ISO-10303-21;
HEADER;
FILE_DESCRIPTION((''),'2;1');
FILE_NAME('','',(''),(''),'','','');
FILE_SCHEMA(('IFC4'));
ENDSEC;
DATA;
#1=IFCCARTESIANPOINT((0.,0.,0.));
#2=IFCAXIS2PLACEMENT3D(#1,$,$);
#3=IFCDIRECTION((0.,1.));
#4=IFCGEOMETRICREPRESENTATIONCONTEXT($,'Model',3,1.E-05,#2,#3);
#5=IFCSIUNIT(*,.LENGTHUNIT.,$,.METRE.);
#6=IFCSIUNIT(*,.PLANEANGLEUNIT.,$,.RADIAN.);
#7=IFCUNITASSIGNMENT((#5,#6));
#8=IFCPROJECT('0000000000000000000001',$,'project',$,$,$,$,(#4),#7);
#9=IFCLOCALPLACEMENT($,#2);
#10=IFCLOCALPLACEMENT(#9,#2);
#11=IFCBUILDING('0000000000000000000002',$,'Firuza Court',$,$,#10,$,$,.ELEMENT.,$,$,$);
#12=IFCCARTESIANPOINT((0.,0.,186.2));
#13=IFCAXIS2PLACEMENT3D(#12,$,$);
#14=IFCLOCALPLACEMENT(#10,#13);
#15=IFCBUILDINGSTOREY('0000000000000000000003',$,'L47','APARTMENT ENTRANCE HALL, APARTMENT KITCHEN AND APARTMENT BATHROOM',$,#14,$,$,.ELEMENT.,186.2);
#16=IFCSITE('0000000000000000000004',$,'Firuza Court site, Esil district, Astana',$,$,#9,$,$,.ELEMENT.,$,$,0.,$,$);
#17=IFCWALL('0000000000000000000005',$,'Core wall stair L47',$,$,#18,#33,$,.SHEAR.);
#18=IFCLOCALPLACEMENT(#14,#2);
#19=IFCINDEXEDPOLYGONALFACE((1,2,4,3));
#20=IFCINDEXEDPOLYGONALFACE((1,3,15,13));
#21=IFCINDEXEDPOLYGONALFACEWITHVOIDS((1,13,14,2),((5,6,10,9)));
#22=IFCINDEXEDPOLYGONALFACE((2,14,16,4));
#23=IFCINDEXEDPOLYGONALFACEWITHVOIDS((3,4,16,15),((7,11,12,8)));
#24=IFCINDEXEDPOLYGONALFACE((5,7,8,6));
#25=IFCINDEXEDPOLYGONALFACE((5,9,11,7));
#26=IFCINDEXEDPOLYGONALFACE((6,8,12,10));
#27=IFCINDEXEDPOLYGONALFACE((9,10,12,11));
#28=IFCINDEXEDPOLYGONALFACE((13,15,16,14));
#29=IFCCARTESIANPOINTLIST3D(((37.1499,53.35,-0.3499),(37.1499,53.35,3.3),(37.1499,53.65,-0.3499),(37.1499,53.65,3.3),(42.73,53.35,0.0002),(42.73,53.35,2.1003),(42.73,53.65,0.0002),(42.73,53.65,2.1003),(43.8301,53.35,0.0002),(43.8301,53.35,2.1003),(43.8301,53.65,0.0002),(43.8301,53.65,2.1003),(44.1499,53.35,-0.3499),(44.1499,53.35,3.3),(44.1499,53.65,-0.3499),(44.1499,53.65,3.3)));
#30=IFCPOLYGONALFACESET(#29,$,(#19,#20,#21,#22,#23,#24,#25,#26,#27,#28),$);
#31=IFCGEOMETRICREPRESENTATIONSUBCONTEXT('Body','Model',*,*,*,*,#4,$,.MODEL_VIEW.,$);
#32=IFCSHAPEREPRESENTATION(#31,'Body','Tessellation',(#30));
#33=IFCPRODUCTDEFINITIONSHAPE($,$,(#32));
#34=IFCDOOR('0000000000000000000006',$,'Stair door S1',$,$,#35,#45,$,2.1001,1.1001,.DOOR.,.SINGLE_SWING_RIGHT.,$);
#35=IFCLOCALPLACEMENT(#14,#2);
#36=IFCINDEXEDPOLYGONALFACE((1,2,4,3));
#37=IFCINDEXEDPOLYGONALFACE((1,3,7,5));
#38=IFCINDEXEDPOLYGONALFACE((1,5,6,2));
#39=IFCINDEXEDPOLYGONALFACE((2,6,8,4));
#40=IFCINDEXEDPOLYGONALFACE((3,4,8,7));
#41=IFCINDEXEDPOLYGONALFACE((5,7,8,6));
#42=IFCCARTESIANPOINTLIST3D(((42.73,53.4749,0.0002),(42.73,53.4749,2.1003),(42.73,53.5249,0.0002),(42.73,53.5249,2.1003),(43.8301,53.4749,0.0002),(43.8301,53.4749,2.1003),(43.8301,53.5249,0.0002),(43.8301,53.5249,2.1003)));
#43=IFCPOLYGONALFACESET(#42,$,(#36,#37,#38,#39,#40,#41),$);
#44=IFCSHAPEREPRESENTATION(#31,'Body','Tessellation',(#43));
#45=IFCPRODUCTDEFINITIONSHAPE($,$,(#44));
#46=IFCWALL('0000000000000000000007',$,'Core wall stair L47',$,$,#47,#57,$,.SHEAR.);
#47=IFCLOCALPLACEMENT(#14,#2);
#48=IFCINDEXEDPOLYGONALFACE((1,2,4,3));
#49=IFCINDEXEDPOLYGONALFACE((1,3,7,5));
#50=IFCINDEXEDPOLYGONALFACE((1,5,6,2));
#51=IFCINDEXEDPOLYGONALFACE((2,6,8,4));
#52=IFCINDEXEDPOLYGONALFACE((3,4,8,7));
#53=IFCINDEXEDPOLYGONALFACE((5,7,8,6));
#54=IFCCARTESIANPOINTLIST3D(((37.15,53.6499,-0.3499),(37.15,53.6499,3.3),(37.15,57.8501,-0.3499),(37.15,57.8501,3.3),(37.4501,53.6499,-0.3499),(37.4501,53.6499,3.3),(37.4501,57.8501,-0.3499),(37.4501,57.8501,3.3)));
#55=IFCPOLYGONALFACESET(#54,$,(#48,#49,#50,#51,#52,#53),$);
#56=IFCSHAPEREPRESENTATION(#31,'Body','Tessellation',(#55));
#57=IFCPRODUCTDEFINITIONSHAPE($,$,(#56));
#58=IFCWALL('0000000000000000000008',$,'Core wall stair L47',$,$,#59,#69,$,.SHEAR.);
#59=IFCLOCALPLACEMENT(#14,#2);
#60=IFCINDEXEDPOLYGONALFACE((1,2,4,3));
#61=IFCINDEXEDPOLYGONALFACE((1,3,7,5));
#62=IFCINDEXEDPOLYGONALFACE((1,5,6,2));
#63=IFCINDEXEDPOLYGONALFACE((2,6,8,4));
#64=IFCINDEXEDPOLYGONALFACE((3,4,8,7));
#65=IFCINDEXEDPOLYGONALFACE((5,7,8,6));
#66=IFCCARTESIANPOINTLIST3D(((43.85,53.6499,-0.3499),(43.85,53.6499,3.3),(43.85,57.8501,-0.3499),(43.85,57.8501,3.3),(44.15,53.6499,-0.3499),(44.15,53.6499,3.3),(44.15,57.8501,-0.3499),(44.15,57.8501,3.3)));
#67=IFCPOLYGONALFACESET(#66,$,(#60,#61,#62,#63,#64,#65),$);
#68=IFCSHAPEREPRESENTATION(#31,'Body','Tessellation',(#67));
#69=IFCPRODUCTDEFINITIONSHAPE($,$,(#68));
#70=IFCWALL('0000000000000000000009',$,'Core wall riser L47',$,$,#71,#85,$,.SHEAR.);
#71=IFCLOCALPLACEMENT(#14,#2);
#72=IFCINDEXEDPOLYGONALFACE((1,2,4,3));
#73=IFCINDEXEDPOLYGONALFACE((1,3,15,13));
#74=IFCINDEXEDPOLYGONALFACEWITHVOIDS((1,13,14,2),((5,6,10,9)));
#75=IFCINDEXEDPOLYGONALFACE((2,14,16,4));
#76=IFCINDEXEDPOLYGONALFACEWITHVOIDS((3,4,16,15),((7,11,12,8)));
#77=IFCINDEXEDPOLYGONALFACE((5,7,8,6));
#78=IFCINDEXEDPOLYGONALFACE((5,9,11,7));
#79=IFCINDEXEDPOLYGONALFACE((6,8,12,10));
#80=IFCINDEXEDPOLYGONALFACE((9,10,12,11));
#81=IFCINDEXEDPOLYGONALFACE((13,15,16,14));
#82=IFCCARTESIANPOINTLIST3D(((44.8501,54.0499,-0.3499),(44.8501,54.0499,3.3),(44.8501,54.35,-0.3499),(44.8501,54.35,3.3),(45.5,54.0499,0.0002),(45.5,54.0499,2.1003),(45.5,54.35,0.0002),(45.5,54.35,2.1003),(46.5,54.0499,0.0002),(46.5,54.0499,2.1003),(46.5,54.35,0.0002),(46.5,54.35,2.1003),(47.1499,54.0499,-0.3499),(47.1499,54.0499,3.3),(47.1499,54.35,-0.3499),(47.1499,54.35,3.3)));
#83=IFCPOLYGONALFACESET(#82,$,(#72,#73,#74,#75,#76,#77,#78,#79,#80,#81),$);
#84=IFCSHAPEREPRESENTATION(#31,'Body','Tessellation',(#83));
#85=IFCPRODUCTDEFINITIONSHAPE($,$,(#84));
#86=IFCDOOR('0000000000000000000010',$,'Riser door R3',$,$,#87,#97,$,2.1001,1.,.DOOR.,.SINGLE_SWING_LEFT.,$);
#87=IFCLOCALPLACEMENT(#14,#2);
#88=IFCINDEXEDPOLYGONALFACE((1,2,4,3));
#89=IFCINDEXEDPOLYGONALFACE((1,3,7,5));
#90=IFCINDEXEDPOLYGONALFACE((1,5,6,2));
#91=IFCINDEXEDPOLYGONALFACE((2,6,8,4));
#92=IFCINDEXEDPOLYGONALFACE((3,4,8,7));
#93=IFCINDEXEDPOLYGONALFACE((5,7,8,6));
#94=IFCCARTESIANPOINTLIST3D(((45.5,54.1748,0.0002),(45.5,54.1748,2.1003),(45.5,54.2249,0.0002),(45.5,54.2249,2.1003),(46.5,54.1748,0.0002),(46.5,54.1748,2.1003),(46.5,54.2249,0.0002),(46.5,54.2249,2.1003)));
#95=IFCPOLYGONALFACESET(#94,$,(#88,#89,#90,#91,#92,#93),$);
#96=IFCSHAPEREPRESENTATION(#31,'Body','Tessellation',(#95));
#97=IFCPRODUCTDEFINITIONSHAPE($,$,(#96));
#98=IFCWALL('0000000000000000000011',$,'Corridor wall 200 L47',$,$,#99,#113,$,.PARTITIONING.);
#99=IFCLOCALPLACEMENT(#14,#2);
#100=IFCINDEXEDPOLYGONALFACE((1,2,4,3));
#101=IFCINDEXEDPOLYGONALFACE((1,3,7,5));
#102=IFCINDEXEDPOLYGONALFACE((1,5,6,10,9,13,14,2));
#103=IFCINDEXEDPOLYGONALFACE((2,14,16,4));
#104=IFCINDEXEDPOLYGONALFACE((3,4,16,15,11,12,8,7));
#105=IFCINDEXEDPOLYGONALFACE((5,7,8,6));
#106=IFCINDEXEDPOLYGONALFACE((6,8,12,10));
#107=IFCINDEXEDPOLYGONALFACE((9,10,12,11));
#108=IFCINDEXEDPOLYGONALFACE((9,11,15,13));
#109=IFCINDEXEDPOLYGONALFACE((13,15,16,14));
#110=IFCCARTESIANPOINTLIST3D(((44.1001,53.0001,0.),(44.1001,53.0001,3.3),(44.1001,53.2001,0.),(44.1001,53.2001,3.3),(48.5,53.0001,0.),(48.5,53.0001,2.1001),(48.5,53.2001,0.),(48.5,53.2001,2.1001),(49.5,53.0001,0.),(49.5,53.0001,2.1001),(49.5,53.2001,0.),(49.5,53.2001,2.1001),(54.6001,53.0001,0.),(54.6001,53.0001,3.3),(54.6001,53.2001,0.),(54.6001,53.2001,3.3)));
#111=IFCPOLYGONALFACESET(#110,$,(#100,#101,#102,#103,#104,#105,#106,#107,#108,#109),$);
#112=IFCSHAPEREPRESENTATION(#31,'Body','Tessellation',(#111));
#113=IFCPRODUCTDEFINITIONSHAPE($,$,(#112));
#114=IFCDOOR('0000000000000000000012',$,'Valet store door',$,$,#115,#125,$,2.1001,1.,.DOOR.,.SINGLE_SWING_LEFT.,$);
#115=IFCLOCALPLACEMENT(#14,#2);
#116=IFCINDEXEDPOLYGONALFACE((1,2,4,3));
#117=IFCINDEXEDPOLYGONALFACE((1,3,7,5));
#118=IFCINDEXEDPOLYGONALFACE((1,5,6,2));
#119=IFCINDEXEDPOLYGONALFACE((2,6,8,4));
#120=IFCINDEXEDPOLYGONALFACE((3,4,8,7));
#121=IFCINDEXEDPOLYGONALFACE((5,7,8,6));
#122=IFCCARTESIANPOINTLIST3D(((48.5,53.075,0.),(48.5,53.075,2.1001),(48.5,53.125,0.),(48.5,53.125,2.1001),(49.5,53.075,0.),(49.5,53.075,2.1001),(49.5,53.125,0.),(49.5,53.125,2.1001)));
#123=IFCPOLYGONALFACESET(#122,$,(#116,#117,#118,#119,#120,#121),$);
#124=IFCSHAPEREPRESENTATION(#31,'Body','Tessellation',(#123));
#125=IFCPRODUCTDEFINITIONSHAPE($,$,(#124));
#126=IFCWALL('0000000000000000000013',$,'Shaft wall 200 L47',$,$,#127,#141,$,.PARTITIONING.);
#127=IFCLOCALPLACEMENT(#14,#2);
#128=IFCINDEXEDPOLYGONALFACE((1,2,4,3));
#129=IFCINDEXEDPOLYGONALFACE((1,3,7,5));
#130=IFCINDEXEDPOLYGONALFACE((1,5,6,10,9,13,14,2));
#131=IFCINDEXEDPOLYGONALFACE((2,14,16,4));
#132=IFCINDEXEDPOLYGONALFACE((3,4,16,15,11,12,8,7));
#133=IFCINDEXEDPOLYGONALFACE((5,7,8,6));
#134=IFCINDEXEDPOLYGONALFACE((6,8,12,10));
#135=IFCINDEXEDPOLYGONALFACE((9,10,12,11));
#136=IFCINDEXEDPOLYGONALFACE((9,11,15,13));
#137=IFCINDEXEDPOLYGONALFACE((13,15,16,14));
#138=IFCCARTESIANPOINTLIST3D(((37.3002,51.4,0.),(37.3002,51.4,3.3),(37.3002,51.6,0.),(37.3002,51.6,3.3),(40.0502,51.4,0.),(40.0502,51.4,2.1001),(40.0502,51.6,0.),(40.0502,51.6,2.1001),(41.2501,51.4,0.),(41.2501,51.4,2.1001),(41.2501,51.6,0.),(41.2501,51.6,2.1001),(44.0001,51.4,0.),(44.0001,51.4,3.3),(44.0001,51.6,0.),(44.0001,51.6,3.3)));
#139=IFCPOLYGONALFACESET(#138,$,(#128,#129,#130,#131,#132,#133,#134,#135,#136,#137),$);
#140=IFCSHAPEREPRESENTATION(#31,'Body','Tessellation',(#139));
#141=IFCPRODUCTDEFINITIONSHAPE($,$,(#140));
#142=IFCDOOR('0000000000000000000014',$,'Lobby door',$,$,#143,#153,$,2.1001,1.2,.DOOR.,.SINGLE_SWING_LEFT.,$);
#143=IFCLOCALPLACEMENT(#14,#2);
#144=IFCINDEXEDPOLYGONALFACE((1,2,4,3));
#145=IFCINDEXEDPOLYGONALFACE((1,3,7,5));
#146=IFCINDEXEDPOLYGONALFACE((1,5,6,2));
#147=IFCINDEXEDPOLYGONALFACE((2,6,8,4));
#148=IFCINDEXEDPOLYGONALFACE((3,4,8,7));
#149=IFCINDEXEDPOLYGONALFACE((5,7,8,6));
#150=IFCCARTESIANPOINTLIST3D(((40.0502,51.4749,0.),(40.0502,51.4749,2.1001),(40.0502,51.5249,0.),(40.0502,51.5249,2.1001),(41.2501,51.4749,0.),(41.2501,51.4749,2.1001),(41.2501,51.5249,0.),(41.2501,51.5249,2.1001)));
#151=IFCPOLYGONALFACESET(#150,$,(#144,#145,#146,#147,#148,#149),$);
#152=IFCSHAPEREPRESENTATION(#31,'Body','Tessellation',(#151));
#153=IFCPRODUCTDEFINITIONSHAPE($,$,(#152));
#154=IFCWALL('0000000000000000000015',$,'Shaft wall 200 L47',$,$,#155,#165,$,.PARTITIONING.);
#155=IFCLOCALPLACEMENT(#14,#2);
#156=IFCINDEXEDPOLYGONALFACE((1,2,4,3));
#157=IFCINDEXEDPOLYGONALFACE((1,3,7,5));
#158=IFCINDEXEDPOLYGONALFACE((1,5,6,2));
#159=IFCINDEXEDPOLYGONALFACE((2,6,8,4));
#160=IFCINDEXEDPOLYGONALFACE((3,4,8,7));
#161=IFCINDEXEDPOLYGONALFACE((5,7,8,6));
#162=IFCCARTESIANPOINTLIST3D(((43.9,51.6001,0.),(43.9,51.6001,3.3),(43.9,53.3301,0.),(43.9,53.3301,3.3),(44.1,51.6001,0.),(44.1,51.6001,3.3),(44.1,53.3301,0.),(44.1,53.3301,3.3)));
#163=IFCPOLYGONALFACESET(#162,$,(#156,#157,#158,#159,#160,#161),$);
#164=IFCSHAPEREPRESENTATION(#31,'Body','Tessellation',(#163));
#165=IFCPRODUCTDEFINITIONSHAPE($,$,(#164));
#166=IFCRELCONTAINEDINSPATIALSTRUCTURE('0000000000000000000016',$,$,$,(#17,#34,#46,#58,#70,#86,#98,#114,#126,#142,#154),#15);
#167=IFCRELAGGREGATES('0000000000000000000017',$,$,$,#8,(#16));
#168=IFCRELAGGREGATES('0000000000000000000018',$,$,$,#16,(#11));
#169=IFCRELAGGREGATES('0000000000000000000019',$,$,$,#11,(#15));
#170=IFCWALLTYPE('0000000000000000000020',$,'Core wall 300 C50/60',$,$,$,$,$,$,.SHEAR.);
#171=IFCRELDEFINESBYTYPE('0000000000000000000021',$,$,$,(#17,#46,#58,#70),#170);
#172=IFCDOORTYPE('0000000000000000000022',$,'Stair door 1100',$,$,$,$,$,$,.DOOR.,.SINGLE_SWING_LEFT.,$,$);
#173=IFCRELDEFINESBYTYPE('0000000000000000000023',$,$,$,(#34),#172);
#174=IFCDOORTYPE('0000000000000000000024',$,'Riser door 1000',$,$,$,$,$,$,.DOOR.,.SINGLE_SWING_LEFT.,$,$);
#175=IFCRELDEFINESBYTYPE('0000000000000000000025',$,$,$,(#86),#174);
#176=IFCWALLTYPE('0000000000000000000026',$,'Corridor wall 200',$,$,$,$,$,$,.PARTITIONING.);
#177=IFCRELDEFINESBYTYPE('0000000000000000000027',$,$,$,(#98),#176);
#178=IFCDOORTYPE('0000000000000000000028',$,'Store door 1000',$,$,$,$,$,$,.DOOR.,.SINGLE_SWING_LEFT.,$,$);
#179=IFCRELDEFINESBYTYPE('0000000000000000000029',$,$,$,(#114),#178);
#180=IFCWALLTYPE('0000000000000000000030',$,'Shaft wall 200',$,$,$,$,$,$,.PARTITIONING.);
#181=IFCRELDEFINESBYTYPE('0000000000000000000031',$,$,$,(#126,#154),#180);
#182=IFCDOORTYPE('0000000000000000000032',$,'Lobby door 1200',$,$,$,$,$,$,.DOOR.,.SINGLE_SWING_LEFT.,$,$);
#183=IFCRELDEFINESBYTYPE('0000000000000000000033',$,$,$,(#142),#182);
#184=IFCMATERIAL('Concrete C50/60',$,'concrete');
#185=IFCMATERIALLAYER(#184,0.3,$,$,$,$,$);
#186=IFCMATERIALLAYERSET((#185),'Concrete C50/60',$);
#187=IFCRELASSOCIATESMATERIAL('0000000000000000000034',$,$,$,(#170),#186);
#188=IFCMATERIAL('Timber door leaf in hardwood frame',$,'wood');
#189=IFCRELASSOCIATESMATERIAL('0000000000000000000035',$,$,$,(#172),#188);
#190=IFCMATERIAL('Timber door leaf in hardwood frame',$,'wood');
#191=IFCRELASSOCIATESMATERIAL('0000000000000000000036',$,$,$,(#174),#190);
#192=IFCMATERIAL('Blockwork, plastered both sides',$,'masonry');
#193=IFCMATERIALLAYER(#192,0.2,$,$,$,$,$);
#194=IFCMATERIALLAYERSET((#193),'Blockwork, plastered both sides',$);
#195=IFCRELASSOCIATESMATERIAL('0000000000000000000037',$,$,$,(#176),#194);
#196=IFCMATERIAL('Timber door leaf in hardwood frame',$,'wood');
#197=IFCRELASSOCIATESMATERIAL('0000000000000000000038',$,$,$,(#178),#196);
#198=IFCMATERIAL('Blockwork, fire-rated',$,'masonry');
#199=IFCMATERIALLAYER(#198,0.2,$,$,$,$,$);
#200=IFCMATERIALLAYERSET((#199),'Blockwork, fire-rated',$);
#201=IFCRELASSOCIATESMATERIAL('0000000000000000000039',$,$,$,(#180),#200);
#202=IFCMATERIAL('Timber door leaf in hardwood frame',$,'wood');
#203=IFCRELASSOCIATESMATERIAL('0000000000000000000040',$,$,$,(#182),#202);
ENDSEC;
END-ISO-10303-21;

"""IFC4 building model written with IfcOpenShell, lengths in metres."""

from ifc_helpers import new_model, si_unit, direction, frame, frame_2d, origin, place, context, subcontext, project, spatial, rectangle, extrude, material, layer, layer_set, type_object, element, fill, save


model = new_model("IFC4")

# Units and contexts
model_context = context("Model", 3, precision=1e-05, world=origin(), true_north=direction((0.0, 1.0)))
body_context = subcontext(model_context, "Body", "Model", "MODEL_VIEW")
ifc_project = project(units=[si_unit("LENGTHUNIT", "METRE"), si_unit("PLANEANGLEUNIT", "RADIAN")], contexts=[model_context])

# Site, building, storey
site_placement = place(None, origin())
site = spatial("IfcSite", under=ifc_project, at=site_placement, Name="Firuza Court site, Esil district, Astana", CompositionType="ELEMENT", RefElevation=0.0)
building_placement = place(site_placement, origin())
building = spatial("IfcBuilding", under=site, at=building_placement, Name="Firuza Court", CompositionType="ELEMENT")
storey_placement = place(building_placement, frame((0.0, 0.0, 186.2)))
storey = spatial("IfcBuildingStorey", under=building, at=storey_placement, Name="L47", Description="APARTMENT ENTRANCE HALL, APARTMENT KITCHEN AND APARTMENT BATHROOM", CompositionType="ELEMENT", Elevation=186.2)

# Wall, opening, door
ifc_material_1 = material(Name="Concrete C50/60", Category="concrete")
ifc_layer_1 = layer(ifc_material_1, 0.3)
ifc_layer_set_1 = layer_set([ifc_layer_1], Name="Concrete C50/60")
wall_type_1 = type_object("IfcWallType", Name="Core wall 300 C50/60", PredefinedType="SHEAR", material=ifc_layer_set_1)
wall_1_placement = place(storey_placement, frame((37.1499, 53.5, -0.3499), z_axis=(0.0, 0.0, 1.0), x_axis=(1.0, 0.0, 0.0)))
wall_1 = element("IfcWall", 1, at=wall_1_placement, inside=storey, type_object=wall_type_1, Name="Core wall stair L47", PredefinedType="SHEAR", context=body_context, shape_type="SweptSolid", body=[
    extrude(rectangle(XDim=7.0, YDim=0.3, at=frame_2d((3.5, 0.0))), origin(), (0.0, 0.0, 1.0), 3.6499),
])
opening_1_placement = place(wall_1_placement, frame((5.5801, 0.0, 0.3501)))
opening_1 = element("IfcOpeningElement", 2, at=opening_1_placement, cuts=wall_1, PredefinedType="OPENING", context=body_context, shape_type="SweptSolid", body=[
    extrude(rectangle(XDim=1.1001, YDim=2.1001, at=frame_2d((0.55, 1.05))), frame((0.0, 0.1621, 0.0), z_axis=(0.0, -1.0, 0.0), x_axis=(1.0, 0.0, 0.0)), (0.0, 0.0, 1.0), 0.324),
])
ifc_material_2 = material(Name="Timber door leaf in hardwood frame", Category="wood")
door_type_1 = type_object("IfcDoorType", Name="Stair door 1100", OperationType="SINGLE_SWING_LEFT", PredefinedType="DOOR", material=ifc_material_2)
door_1_placement = place(opening_1_placement, origin())
door_1 = element("IfcDoor", 3, at=door_1_placement, inside=storey, type_object=door_type_1, Name="Stair door S1", OperationType="SINGLE_SWING_RIGHT", OverallHeight=2.1001, OverallWidth=1.1001, PredefinedType="DOOR", context=body_context, shape_type="SweptSolid", body=[
    extrude(rectangle(XDim=1.1001, YDim=2.1001, at=frame_2d((0.55, 1.05))), frame((0.0, 0.0249, 0.0), z_axis=(0.0, -1.0, 0.0), x_axis=(1.0, 0.0, 0.0)), (0.0, 0.0, 1.0), 0.05),
])
fill(opening_1, door_1)

# Walls
for number, where, z_axis, x_axis, name in (
    (4, (37.3, 53.6499, -0.3499), (0.0, 0.0, 1.0), (0.0, 1.0, 0.0), "Core wall stair L47"),
    (5, (44.0, 53.6499, -0.3499), (0.0, 0.0, 1.0), (0.0, 1.0, 0.0), "Core wall stair L47"),
):
    element("IfcWall", number, at=place(storey_placement, frame(where, z_axis=z_axis, x_axis=x_axis)), inside=storey, type_object=wall_type_1, Name=name, PredefinedType="SHEAR", context=body_context, shape_type="SweptSolid", body=[
        extrude(rectangle(XDim=4.2002, YDim=0.3, at=frame_2d((2.1001, 0.0))), origin(), (0.0, 0.0, 1.0), 3.6499),
    ])

# Walls, openings, doors
wall_2_placement = place(storey_placement, frame((44.8501, 54.2, -0.3499), z_axis=(0.0, 0.0, 1.0), x_axis=(1.0, 0.0, 0.0)))
wall_2 = element("IfcWall", 6, at=wall_2_placement, inside=storey, type_object=wall_type_1, Name="Core wall riser L47", PredefinedType="SHEAR", context=body_context, shape_type="SweptSolid", body=[
    extrude(rectangle(XDim=2.2998, YDim=0.3, at=frame_2d((1.1499, 0.0))), origin(), (0.0, 0.0, 1.0), 3.6499),
])
opening_2_placement = place(wall_2_placement, frame((0.6499, 0.0, 0.3501)))
opening_2 = element("IfcOpeningElement", 7, at=opening_2_placement, cuts=wall_2, PredefinedType="OPENING", context=body_context, shape_type="SweptSolid", body=[
    extrude(rectangle(XDim=1.0, YDim=2.1001, at=frame_2d((0.5, 1.05))), frame((0.0, 0.1621, 0.0), z_axis=(0.0, -1.0, 0.0), x_axis=(1.0, 0.0, 0.0)), (0.0, 0.0, 1.0), 0.324),
])
ifc_material_3 = material(Name="Timber door leaf in hardwood frame", Category="wood")
door_type_2 = type_object("IfcDoorType", Name="Riser door 1000", OperationType="SINGLE_SWING_LEFT", PredefinedType="DOOR", material=ifc_material_3)
door_2_placement = place(opening_2_placement, origin())
door_2 = element("IfcDoor", 8, at=door_2_placement, inside=storey, type_object=door_type_2, Name="Riser door R3", OperationType="SINGLE_SWING_LEFT", OverallHeight=2.1001, OverallWidth=1.0, PredefinedType="DOOR", context=body_context, shape_type="SweptSolid", body=[
    extrude(rectangle(XDim=1.0, YDim=2.1001, at=frame_2d((0.5, 1.05))), frame((0.0, 0.0249, 0.0), z_axis=(0.0, -1.0, 0.0), x_axis=(1.0, 0.0, 0.0)), (0.0, 0.0, 1.0), 0.05),
])
fill(opening_2, door_2)
ifc_material_4 = material(Name="Blockwork, plastered both sides", Category="masonry")
ifc_layer_2 = layer(ifc_material_4, 0.2)
ifc_layer_set_2 = layer_set([ifc_layer_2], Name="Blockwork, plastered both sides")
wall_type_2 = type_object("IfcWallType", Name="Corridor wall 200", PredefinedType="PARTITIONING", material=ifc_layer_set_2)
wall_3_placement = place(storey_placement, frame((44.1001, 53.1001, 0.0), z_axis=(0.0, 0.0, 1.0), x_axis=(1.0, 0.0, 0.0)))
wall_3 = element("IfcWall", 9, at=wall_3_placement, inside=storey, type_object=wall_type_2, Name="Corridor wall 200 L47", PredefinedType="PARTITIONING", context=body_context, shape_type="SweptSolid", body=[
    extrude(rectangle(XDim=10.5, YDim=0.2, at=frame_2d((5.25, 0.0))), origin(), (0.0, 0.0, 1.0), 3.3),
])
opening_3_placement = place(wall_3_placement, frame((4.3999, 0.0, 0.0)))
opening_3 = element("IfcOpeningElement", 10, at=opening_3_placement, cuts=wall_3, PredefinedType="OPENING", context=body_context, shape_type="SweptSolid", body=[
    extrude(rectangle(XDim=1.0, YDim=2.1001, at=frame_2d((0.5, 1.05))), frame((0.0, 0.1118, 0.0), z_axis=(0.0, -1.0, 0.0), x_axis=(1.0, 0.0, 0.0)), (0.0, 0.0, 1.0), 0.2239),
])
ifc_material_5 = material(Name="Timber door leaf in hardwood frame", Category="wood")
door_type_3 = type_object("IfcDoorType", Name="Store door 1000", OperationType="SINGLE_SWING_LEFT", PredefinedType="DOOR", material=ifc_material_5)
door_3_placement = place(opening_3_placement, origin())
door_3 = element("IfcDoor", 11, at=door_3_placement, inside=storey, type_object=door_type_3, Name="Valet store door", OperationType="SINGLE_SWING_LEFT", OverallHeight=2.1001, OverallWidth=1.0, PredefinedType="DOOR", context=body_context, shape_type="SweptSolid", body=[
    extrude(rectangle(XDim=1.0, YDim=2.1001, at=frame_2d((0.5, 1.05))), frame((0.0, 0.0249, 0.0), z_axis=(0.0, -1.0, 0.0), x_axis=(1.0, 0.0, 0.0)), (0.0, 0.0, 1.0), 0.05),
])
fill(opening_3, door_3)
ifc_material_6 = material(Name="Blockwork, fire-rated", Category="masonry")
ifc_layer_3 = layer(ifc_material_6, 0.2)
ifc_layer_set_3 = layer_set([ifc_layer_3], Name="Blockwork, fire-rated")
wall_type_3 = type_object("IfcWallType", Name="Shaft wall 200", PredefinedType="PARTITIONING", material=ifc_layer_set_3)
wall_4_placement = place(storey_placement, frame((37.3, 51.5, 0.0), z_axis=(0.0, 0.0, 1.0), x_axis=(1.0, 0.0, 0.0)))
wall_4 = element("IfcWall", 12, at=wall_4_placement, inside=storey, type_object=wall_type_3, Name="Shaft wall 200 L47", PredefinedType="PARTITIONING", context=body_context, shape_type="SweptSolid", body=[
    extrude(rectangle(XDim=6.7, YDim=0.2, at=frame_2d((3.3501, 0.0))), origin(), (0.0, 0.0, 1.0), 3.3),
])
opening_4_placement = place(wall_4_placement, frame((2.75, 0.0, 0.0)))
opening_4 = element("IfcOpeningElement", 13, at=opening_4_placement, cuts=wall_4, PredefinedType="OPENING", context=body_context, shape_type="SweptSolid", body=[
    extrude(rectangle(XDim=1.2, YDim=2.1001, at=frame_2d((0.6001, 1.05))), frame((0.0, 0.1118, 0.0), z_axis=(0.0, -1.0, 0.0), x_axis=(1.0, 0.0, 0.0)), (0.0, 0.0, 1.0), 0.2239),
])
ifc_material_7 = material(Name="Timber door leaf in hardwood frame", Category="wood")
door_type_4 = type_object("IfcDoorType", Name="Lobby door 1200", OperationType="SINGLE_SWING_LEFT", PredefinedType="DOOR", material=ifc_material_7)
door_4_placement = place(opening_4_placement, origin())
door_4 = element("IfcDoor", 14, at=door_4_placement, inside=storey, type_object=door_type_4, Name="Lobby door", OperationType="SINGLE_SWING_LEFT", OverallHeight=2.1001, OverallWidth=1.2, PredefinedType="DOOR", context=body_context, shape_type="SweptSolid", body=[
    extrude(rectangle(XDim=1.2, YDim=2.1001, at=frame_2d((0.6001, 1.05))), frame((0.0, 0.0249, 0.0), z_axis=(0.0, -1.0, 0.0), x_axis=(1.0, 0.0, 0.0)), (0.0, 0.0, 1.0), 0.05),
])
fill(opening_4, door_4)

# Wall
for number, where, z_axis, x_axis, name in (
    (15, (44.0, 51.6001, 0.0), (0.0, 0.0, 1.0), (0.0, 1.0, 0.0), "Shaft wall 200 L47"),
):
    element("IfcWall", number, at=place(storey_placement, frame(where, z_axis=z_axis, x_axis=x_axis)), inside=storey, type_object=wall_type_3, Name=name, PredefinedType="PARTITIONING", context=body_context, shape_type="SweptSolid", body=[
        extrude(rectangle(XDim=1.73, YDim=0.2, at=frame_2d((0.865, 0.0))), origin(), (0.0, 0.0, 1.0), 3.3),
    ])

save(model, "model.ifc")
